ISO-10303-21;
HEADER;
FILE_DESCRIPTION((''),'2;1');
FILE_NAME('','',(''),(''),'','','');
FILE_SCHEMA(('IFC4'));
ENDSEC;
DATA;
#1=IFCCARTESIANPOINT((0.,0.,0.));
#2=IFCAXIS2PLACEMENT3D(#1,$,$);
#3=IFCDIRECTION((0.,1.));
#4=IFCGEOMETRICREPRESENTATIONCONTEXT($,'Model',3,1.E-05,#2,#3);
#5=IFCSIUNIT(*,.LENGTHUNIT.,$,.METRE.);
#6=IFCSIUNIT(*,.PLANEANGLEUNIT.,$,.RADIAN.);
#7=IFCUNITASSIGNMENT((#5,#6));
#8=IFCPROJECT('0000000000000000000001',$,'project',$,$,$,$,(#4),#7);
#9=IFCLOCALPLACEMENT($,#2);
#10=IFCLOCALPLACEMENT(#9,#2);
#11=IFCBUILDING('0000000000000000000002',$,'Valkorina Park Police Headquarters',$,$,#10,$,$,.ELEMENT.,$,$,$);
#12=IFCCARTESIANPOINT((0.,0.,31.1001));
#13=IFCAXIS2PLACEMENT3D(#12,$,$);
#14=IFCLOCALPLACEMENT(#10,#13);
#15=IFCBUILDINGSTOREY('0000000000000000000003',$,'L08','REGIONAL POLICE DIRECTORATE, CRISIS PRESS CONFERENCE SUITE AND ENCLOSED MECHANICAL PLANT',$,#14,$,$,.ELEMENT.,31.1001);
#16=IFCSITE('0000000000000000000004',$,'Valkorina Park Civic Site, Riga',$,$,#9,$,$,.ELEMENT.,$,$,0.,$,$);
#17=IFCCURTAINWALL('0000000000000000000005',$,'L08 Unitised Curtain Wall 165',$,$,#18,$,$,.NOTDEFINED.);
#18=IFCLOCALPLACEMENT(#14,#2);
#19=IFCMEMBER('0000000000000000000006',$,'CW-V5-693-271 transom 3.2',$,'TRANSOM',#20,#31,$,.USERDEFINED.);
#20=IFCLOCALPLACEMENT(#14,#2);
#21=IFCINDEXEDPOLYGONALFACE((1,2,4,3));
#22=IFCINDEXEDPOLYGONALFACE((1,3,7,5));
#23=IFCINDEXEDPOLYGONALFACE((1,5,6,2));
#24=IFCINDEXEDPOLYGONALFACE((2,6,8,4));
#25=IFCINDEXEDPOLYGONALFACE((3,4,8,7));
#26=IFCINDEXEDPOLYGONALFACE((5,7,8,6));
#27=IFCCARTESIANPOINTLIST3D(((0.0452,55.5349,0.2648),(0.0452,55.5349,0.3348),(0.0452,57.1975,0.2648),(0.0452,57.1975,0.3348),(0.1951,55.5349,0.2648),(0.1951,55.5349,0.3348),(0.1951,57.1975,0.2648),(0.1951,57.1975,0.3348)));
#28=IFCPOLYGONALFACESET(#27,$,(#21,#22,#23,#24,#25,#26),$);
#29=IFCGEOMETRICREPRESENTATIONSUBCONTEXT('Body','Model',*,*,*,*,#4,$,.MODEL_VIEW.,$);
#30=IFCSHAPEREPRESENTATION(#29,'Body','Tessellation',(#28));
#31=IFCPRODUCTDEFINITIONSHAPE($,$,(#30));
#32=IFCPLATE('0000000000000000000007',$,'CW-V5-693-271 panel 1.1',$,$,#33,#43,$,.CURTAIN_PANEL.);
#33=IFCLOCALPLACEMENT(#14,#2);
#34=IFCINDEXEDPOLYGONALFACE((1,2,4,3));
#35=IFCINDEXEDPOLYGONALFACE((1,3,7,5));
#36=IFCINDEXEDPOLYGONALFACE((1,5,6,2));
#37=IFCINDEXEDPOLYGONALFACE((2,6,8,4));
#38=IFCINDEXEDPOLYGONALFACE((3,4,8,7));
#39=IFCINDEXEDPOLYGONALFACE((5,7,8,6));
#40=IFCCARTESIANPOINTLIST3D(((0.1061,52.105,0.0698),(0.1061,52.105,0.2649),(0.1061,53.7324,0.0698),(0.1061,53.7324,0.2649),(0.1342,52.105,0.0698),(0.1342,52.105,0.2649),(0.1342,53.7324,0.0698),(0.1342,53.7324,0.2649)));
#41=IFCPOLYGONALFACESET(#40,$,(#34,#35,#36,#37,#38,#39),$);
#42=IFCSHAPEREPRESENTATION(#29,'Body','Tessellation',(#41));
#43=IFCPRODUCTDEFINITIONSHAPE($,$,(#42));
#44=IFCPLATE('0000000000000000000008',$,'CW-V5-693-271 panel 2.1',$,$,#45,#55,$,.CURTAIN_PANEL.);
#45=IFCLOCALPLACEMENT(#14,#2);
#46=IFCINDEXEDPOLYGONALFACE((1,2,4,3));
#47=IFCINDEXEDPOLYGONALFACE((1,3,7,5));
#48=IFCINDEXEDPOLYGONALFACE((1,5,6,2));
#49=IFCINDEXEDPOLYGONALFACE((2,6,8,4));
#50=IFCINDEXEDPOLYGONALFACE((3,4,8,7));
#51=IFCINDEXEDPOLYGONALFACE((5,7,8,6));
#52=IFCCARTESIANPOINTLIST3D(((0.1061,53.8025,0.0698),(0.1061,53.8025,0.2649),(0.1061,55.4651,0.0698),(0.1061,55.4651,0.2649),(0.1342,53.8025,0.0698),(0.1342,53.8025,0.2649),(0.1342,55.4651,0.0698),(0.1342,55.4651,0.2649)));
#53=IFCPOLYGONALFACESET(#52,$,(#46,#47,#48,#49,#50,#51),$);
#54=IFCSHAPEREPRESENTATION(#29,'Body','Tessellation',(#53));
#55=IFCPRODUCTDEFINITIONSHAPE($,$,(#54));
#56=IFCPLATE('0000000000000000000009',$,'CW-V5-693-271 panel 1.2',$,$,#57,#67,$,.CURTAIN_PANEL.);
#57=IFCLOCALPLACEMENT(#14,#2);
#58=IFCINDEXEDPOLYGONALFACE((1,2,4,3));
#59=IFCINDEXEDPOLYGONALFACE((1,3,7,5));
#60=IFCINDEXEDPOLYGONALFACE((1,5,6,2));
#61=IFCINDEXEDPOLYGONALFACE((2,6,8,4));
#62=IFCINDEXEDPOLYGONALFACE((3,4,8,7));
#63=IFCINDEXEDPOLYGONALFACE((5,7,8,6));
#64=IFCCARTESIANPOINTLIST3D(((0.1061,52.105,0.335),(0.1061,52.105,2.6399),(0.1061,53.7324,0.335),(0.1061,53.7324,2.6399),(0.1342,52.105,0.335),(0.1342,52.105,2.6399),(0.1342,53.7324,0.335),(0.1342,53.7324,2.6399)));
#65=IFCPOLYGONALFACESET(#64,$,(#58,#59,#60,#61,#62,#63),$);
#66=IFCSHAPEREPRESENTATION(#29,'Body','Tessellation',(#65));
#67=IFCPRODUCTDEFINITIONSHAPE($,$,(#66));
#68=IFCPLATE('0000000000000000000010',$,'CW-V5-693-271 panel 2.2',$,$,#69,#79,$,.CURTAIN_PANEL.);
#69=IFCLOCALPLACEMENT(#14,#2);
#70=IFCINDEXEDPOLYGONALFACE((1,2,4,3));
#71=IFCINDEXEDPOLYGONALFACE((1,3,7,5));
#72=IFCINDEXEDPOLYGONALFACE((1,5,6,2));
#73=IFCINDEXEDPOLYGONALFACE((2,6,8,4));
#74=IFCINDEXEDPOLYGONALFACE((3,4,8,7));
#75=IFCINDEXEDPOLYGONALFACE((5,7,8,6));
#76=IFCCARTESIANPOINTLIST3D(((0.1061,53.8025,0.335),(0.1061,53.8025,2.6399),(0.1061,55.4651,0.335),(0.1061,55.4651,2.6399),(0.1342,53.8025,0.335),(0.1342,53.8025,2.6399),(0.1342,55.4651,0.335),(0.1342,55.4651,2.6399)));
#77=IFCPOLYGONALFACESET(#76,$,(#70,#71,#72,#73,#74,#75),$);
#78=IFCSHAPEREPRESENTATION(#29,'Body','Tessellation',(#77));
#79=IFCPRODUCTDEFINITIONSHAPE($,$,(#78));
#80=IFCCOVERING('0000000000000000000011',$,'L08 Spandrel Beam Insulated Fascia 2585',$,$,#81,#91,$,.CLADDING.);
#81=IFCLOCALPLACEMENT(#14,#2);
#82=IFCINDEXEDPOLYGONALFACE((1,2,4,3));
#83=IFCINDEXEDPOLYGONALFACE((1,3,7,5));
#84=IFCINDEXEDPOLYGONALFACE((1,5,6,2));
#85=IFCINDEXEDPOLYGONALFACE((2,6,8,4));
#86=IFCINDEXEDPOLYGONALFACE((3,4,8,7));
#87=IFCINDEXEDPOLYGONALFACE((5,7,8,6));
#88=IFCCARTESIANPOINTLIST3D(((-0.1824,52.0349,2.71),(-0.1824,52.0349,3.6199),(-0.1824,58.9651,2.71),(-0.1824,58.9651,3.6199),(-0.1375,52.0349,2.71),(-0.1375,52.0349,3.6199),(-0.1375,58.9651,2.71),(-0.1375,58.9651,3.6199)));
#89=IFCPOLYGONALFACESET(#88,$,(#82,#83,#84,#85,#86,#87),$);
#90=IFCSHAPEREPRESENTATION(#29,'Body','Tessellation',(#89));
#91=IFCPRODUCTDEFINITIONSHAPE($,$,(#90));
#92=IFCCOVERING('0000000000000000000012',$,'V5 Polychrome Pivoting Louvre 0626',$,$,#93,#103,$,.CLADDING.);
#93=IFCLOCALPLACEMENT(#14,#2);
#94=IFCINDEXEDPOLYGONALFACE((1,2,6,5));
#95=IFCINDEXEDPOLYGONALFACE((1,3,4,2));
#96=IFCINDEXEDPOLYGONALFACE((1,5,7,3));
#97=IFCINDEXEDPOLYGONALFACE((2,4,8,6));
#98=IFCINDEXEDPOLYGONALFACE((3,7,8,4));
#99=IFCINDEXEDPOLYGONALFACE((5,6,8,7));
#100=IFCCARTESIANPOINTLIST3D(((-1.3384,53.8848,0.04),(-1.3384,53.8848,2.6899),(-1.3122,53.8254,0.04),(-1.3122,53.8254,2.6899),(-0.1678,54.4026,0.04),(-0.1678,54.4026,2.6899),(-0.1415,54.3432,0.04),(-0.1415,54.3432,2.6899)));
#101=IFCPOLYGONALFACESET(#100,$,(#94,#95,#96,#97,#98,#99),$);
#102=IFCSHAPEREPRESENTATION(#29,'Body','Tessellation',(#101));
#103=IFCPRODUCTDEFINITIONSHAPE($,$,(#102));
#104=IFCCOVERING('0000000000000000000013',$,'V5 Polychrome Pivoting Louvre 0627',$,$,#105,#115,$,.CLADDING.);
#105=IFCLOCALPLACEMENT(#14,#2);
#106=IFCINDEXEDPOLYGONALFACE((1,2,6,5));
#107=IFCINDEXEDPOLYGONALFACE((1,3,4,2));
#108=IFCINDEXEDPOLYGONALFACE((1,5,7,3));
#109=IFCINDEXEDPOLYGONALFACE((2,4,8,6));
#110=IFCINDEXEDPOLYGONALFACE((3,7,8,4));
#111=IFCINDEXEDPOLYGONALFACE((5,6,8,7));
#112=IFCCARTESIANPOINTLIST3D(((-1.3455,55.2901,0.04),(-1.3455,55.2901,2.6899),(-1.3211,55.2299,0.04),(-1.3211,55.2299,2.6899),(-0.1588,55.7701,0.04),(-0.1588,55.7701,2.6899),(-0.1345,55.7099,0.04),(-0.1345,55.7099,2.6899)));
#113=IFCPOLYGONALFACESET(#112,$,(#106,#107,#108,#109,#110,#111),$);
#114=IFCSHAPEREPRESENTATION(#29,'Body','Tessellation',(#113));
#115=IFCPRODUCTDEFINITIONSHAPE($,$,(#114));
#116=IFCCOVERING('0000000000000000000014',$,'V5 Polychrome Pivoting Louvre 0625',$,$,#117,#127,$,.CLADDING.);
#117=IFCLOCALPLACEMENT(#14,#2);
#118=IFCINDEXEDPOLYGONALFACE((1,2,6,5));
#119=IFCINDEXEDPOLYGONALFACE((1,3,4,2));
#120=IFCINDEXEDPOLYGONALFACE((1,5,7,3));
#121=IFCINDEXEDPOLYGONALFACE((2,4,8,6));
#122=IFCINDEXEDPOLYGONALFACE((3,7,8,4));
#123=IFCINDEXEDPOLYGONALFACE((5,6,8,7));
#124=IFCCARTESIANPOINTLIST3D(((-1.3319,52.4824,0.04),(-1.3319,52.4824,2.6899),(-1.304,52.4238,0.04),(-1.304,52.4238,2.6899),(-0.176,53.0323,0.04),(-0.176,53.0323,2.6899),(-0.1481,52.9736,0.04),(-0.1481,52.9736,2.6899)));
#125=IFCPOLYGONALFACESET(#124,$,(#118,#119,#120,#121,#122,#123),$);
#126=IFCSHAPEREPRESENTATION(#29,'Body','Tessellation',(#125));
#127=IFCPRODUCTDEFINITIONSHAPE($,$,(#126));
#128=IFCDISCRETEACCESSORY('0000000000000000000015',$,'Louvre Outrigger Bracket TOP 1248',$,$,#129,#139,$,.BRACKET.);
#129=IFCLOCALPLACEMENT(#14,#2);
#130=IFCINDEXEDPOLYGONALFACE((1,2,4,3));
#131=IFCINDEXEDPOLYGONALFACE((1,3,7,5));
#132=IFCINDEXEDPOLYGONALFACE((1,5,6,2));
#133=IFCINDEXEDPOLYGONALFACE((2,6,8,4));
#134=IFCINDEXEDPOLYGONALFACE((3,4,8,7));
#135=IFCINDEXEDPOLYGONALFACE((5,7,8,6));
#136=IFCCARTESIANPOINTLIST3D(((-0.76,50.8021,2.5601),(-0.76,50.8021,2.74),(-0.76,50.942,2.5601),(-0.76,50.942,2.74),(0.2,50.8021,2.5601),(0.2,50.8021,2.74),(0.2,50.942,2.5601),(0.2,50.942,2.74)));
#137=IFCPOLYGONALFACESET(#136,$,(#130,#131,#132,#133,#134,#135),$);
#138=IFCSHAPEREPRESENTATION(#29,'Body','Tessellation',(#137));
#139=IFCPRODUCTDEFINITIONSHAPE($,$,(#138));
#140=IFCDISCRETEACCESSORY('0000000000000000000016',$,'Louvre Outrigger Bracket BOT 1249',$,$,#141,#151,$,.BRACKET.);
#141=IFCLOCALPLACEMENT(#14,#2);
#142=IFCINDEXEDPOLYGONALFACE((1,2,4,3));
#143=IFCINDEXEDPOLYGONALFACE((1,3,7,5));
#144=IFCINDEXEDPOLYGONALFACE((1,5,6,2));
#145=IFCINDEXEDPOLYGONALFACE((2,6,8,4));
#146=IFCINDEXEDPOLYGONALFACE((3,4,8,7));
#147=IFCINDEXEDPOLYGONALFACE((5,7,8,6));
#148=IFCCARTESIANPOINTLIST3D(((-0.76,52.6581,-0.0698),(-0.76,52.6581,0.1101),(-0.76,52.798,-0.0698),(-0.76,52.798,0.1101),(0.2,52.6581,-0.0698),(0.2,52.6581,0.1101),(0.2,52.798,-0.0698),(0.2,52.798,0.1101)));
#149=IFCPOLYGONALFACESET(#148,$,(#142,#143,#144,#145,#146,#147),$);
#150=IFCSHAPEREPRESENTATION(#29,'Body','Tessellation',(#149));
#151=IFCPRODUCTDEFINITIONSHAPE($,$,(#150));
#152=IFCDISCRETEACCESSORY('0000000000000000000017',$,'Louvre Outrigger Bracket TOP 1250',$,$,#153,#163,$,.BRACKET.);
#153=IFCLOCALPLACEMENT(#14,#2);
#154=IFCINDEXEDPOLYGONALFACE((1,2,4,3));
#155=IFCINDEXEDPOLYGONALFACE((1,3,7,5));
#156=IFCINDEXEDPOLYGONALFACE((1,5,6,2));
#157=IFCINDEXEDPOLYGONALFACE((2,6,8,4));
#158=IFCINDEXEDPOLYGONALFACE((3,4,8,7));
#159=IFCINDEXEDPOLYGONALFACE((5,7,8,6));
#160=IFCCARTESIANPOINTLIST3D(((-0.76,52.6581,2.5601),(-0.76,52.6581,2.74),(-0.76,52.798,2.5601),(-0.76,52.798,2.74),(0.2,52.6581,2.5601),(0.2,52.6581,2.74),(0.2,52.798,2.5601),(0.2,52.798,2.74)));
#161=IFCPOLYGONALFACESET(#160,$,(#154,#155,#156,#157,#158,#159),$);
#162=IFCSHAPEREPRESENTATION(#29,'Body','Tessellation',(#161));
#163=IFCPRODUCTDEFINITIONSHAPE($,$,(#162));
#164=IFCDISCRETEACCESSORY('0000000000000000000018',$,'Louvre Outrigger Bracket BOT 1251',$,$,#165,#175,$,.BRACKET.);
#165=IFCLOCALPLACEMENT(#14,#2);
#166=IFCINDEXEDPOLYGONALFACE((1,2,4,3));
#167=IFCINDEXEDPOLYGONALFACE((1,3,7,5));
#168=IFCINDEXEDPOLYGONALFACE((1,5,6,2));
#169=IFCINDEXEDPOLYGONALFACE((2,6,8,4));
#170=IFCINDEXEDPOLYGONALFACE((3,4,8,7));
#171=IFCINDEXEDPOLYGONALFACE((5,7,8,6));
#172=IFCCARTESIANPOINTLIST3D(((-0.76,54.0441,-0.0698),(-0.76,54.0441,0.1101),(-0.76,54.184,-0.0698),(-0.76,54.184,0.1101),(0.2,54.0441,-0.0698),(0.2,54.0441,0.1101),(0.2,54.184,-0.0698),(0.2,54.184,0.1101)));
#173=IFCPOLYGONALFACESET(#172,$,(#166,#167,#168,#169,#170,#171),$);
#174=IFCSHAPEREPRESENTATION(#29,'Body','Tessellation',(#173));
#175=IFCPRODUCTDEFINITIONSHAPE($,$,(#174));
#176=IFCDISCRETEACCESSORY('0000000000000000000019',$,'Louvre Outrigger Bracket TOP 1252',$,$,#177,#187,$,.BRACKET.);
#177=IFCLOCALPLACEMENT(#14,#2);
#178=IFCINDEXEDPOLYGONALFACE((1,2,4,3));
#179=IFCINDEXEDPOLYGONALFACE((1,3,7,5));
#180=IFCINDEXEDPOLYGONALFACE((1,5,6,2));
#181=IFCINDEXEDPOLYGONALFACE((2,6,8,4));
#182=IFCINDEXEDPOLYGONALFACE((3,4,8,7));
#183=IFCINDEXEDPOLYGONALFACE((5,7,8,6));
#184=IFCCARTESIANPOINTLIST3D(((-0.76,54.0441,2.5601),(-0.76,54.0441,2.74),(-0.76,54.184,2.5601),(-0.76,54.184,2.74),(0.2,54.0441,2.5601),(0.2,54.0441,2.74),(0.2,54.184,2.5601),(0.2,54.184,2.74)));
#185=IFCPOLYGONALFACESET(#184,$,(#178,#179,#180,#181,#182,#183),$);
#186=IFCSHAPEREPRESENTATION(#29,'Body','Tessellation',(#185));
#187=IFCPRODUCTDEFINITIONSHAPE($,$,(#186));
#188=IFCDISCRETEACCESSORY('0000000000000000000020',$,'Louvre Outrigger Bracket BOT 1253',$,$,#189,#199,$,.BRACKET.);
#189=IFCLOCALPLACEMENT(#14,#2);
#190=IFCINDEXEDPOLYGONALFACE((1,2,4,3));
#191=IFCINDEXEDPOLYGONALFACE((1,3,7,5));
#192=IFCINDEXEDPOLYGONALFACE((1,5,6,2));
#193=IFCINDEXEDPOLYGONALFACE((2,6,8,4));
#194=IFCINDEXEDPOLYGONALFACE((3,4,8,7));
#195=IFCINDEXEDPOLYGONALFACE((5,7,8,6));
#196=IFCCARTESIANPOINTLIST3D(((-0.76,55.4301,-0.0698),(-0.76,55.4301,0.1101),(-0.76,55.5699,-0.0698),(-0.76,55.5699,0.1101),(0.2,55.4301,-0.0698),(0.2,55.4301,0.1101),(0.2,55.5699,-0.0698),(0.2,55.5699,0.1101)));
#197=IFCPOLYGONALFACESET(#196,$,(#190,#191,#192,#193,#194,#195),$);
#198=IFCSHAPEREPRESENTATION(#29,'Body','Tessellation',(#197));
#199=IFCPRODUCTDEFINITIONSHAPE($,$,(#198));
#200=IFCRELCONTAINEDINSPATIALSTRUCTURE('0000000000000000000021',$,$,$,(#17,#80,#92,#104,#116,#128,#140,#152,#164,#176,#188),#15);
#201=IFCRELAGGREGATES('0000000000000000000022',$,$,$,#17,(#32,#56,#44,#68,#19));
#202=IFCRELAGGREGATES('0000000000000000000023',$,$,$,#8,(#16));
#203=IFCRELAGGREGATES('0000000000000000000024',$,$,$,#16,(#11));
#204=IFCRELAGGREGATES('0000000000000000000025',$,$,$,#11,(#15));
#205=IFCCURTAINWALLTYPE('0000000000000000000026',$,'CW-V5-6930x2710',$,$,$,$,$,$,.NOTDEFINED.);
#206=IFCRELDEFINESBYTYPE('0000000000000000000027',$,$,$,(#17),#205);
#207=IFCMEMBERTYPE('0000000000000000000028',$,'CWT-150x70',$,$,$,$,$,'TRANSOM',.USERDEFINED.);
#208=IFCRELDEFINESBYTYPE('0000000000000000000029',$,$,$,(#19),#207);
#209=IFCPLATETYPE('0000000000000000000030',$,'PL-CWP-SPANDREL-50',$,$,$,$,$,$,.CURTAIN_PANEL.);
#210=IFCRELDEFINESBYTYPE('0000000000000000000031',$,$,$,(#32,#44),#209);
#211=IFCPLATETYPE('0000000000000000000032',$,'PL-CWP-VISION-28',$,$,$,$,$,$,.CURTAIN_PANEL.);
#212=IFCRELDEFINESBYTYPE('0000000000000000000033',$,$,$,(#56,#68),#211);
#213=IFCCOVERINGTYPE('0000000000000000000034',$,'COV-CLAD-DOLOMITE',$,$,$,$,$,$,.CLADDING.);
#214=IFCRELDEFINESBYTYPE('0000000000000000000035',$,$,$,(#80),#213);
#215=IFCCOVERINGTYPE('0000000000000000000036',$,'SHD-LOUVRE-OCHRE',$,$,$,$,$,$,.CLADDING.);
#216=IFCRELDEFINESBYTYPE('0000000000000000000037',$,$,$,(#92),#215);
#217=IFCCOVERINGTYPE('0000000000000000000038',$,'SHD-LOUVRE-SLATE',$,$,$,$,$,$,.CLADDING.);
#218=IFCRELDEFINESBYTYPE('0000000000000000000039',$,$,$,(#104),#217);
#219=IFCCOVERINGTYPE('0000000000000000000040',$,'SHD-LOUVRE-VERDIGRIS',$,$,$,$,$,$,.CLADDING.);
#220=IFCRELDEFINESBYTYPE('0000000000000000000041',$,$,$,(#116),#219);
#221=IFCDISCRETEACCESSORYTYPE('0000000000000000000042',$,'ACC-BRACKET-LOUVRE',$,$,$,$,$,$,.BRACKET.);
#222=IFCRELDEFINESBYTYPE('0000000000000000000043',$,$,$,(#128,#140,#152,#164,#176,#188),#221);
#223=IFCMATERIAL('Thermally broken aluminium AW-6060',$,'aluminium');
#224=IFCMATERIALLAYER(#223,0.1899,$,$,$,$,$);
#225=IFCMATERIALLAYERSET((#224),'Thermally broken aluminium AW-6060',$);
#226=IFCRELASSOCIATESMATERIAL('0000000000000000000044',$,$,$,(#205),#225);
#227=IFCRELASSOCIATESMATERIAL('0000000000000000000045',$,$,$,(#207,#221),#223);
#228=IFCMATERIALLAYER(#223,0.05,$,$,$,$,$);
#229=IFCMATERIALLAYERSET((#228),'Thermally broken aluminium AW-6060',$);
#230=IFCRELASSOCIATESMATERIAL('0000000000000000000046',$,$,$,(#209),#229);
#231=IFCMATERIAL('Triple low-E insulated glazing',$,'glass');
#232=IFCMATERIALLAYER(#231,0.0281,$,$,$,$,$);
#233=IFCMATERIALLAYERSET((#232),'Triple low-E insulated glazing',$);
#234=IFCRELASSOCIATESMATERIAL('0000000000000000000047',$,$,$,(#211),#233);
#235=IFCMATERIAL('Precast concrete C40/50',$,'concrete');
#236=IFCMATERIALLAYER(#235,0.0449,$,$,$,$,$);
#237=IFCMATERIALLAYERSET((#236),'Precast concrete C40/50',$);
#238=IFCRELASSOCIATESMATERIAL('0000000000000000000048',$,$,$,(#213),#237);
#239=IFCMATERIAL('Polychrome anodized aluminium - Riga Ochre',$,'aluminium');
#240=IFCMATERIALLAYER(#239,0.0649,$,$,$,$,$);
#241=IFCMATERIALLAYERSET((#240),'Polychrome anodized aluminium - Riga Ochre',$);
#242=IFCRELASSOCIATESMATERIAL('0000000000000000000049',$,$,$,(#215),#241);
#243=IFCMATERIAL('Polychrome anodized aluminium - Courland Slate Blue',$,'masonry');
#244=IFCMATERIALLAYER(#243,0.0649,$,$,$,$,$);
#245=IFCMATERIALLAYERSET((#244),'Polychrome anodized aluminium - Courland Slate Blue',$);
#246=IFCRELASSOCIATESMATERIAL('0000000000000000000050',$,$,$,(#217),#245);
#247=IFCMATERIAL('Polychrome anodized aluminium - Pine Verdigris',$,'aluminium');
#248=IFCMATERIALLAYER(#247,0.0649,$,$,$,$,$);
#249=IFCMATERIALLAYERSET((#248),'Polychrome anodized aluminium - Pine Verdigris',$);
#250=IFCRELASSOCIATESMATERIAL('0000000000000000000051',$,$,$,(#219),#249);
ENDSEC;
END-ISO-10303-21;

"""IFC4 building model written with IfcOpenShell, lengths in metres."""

from ifc_helpers import new_model, si_unit, direction, frame, frame_2d, origin, origin_2d, place, context, subcontext, project, spatial, rectangle, extrude, material, layer, layer_set, material_profile, profile_set, type_object, element, aggregate, save


model = new_model("IFC4")

# Units and contexts
model_context = context("Model", 3, precision=1e-05, world=origin(), true_north=direction((0.0, 1.0)))
body_context = subcontext(model_context, "Body", "Model", "MODEL_VIEW")
ifc_project = project(units=[si_unit("LENGTHUNIT", "METRE"), si_unit("PLANEANGLEUNIT", "RADIAN")], contexts=[model_context])

# Site, building, storey
site_placement = place(None, origin())
site = spatial("IfcSite", under=ifc_project, at=site_placement, Name="Valkorina Park Civic Site, Riga", CompositionType="ELEMENT", RefElevation=0.0)
building_placement = place(site_placement, origin())
building = spatial("IfcBuilding", under=site, at=building_placement, Name="Valkorina Park Police Headquarters", CompositionType="ELEMENT")
storey_placement = place(building_placement, frame((0.0, 0.0, 31.1001)))
storey = spatial("IfcBuildingStorey", under=building, at=storey_placement, Name="L08", Description="REGIONAL POLICE DIRECTORATE, CRISIS PRESS CONFERENCE SUITE AND ENCLOSED MECHANICAL PLANT", CompositionType="ELEMENT", Elevation=31.1001)

# Shared definitions
ifc_material_1 = material(Name="Thermally broken aluminium AW-6060", Category="aluminium")
ifc_layer_1 = layer(ifc_material_1, 0.1899)
ifc_layer_set_1 = layer_set([ifc_layer_1], Name="Thermally broken aluminium AW-6060")
curtain_wall_type = type_object("IfcCurtainWallType", Name="CW-V5-6930x2710", PredefinedType="NOTDEFINED", material=ifc_layer_set_1)

# Curtain wall, member, plates
curtain_wall_1_placement = place(storey_placement, origin())
curtain_wall_1 = element("IfcCurtainWall", 1, at=curtain_wall_1_placement, inside=storey, type_object=curtain_wall_type, Name="L08 Unitised Curtain Wall 165", PredefinedType="NOTDEFINED")
ifc_material_profile_1 = material_profile(ifc_material_1, rectangle(XDim=0.1499, YDim=0.0701, at=origin_2d()), Name="CWT-02 150x70")
ifc_profile_set_1 = profile_set([ifc_material_profile_1], Name="Thermally broken aluminium AW-6060")
member_type_1 = type_object("IfcMemberType", Name="CWT-150x70", ElementType="TRANSOM", PredefinedType="USERDEFINED", material=ifc_profile_set_1)
member_1_placement = place(storey_placement, frame((0.1201, 55.5349, 0.2998), z_axis=(0.0, 1.0, 0.0), x_axis=(-1.0, 0.0, 0.0)))
member_1 = element("IfcMember", 2, at=member_1_placement, type_object=member_type_1, Name="CW-V5-693-271 transom 3.2", ObjectType="TRANSOM", PredefinedType="USERDEFINED", context=body_context, shape_type="SweptSolid", body=[
    extrude(rectangle(XDim=0.1499, YDim=0.0701, at=origin_2d()), origin(), (0.0, 0.0, 1.0), 1.6626),
])
ifc_layer_2 = layer(ifc_material_1, 0.05)
ifc_layer_set_2 = layer_set([ifc_layer_2], Name="Thermally broken aluminium AW-6060")
plate_type_1 = type_object("IfcPlateType", Name="PL-CWP-SPANDREL-50", PredefinedType="CURTAIN_PANEL", material=ifc_layer_set_2)
plate_1_placement = place(storey_placement, frame((0.1201, 52.9187, 0.0698), z_axis=(0.0, 0.0, 1.0), x_axis=(0.0, 1.0, 0.0)))
plate_1 = element("IfcPlate", 3, at=plate_1_placement, type_object=plate_type_1, Name="CW-V5-693-271 panel 1.1", PredefinedType="CURTAIN_PANEL", context=body_context, shape_type="SweptSolid", body=[
    extrude(rectangle(XDim=1.6274, YDim=0.0281, at=origin_2d()), origin(), (0.0, 0.0, 1.0), 0.1951),
])
plate_2_placement = place(storey_placement, frame((0.1201, 54.6338, 0.0698), z_axis=(0.0, 0.0, 1.0), x_axis=(0.0, 1.0, 0.0)))
plate_2 = element("IfcPlate", 4, at=plate_2_placement, type_object=plate_type_1, Name="CW-V5-693-271 panel 2.1", PredefinedType="CURTAIN_PANEL", context=body_context, shape_type="SweptSolid", body=[
    extrude(rectangle(XDim=1.6626, YDim=0.0281, at=origin_2d()), origin(), (0.0, 0.0, 1.0), 0.1951),
])
ifc_material_2 = material(Name="Triple low-E insulated glazing", Category="glass")
ifc_layer_3 = layer(ifc_material_2, 0.0281)
ifc_layer_set_3 = layer_set([ifc_layer_3], Name="Triple low-E insulated glazing")
plate_type_2 = type_object("IfcPlateType", Name="PL-CWP-VISION-28", PredefinedType="CURTAIN_PANEL", material=ifc_layer_set_3)
plate_3_placement = place(storey_placement, frame((0.1201, 52.9187, 0.335), z_axis=(0.0, 0.0, 1.0), x_axis=(0.0, 1.0, 0.0)))
plate_3 = element("IfcPlate", 5, at=plate_3_placement, type_object=plate_type_2, Name="CW-V5-693-271 panel 1.2", PredefinedType="CURTAIN_PANEL", context=body_context, shape_type="SweptSolid", body=[
    extrude(rectangle(XDim=1.6274, YDim=0.0281, at=origin_2d()), origin(), (0.0, 0.0, 1.0), 2.3049),
])
plate_4_placement = place(storey_placement, frame((0.1201, 54.6338, 0.335), z_axis=(0.0, 0.0, 1.0), x_axis=(0.0, 1.0, 0.0)))
plate_4 = element("IfcPlate", 6, at=plate_4_placement, type_object=plate_type_2, Name="CW-V5-693-271 panel 2.2", PredefinedType="CURTAIN_PANEL", context=body_context, shape_type="SweptSolid", body=[
    extrude(rectangle(XDim=1.6626, YDim=0.0281, at=origin_2d()), origin(), (0.0, 0.0, 1.0), 2.3049),
])
aggregate(curtain_wall_1, [plate_1, plate_3, plate_2, plate_4, member_1])

# Coverings
ifc_material_3 = material(Name="Precast concrete C40/50", Category="concrete")
ifc_layer_4 = layer(ifc_material_3, 0.0449)
ifc_layer_set_4 = layer_set([ifc_layer_4], Name="Precast concrete C40/50")
covering_type_1 = type_object("IfcCoveringType", Name="COV-CLAD-DOLOMITE", PredefinedType="CLADDING", material=ifc_layer_set_4)
covering_1_placement = place(storey_placement, frame((-0.1599, 52.0349, 2.71), z_axis=(0.0, 0.0, 1.0), x_axis=(0.0, 1.0, 0.0)))
element("IfcCovering", 7, at=covering_1_placement, inside=storey, type_object=covering_type_1, Name="L08 Spandrel Beam Insulated Fascia 2585", PredefinedType="CLADDING", context=body_context, shape_type="SweptSolid", body=[
    extrude(rectangle(XDim=6.9302, YDim=0.0449, at=frame_2d((3.4651, 0.0))), origin(), (0.0, 0.0, 1.0), 0.9099),
])
ifc_material_4 = material(Name="Polychrome anodized aluminium - Riga Ochre", Category="aluminium")
ifc_layer_5 = layer(ifc_material_4, 0.0649)
ifc_layer_set_5 = layer_set([ifc_layer_5], Name="Polychrome anodized aluminium - Riga Ochre")
covering_type_2 = type_object("IfcCoveringType", Name="SHD-LOUVRE-OCHRE", PredefinedType="CLADDING", material=ifc_layer_set_5)
covering_2_placement = place(storey_placement, frame((-0.74, 54.114, 0.04), z_axis=(0.0, 0.0, 1.0), x_axis=(-0.914537, -0.404503, 0.0)))
element("IfcCovering", 8, at=covering_2_placement, inside=storey, type_object=covering_type_2, Name="V5 Polychrome Pivoting Louvre 0626", PredefinedType="CLADDING", context=body_context, shape_type="SweptSolid", body=[
    extrude(rectangle(XDim=1.28, YDim=0.0649, at=origin_2d()), origin(), (0.0, 0.0, 1.0), 2.6499),
])
ifc_material_5 = material(Name="Polychrome anodized aluminium - Courland Slate Blue", Category="masonry")
ifc_layer_6 = layer(ifc_material_5, 0.0649)
ifc_layer_set_6 = layer_set([ifc_layer_6], Name="Polychrome anodized aluminium - Courland Slate Blue")
covering_type_3 = type_object("IfcCoveringType", Name="SHD-LOUVRE-SLATE", PredefinedType="CLADDING", material=ifc_layer_set_6)
covering_3_placement = place(storey_placement, frame((-0.74, 55.5, 0.04), z_axis=(0.0, 0.0, 1.0), x_axis=(-0.927053, -0.37493, 0.0)))
element("IfcCovering", 9, at=covering_3_placement, inside=storey, type_object=covering_type_3, Name="V5 Polychrome Pivoting Louvre 0627", PredefinedType="CLADDING", context=body_context, shape_type="SweptSolid", body=[
    extrude(rectangle(XDim=1.28, YDim=0.0649, at=origin_2d()), origin(), (0.0, 0.0, 1.0), 2.6499),
])
ifc_material_6 = material(Name="Polychrome anodized aluminium - Pine Verdigris", Category="aluminium")
ifc_layer_7 = layer(ifc_material_6, 0.0649)
ifc_layer_set_7 = layer_set([ifc_layer_7], Name="Polychrome anodized aluminium - Pine Verdigris")
covering_type_4 = type_object("IfcCoveringType", Name="SHD-LOUVRE-VERDIGRIS", PredefinedType="CLADDING", material=ifc_layer_set_7)
covering_4_placement = place(storey_placement, frame((-0.74, 52.728, 0.04), z_axis=(0.0, 0.0, 1.0), x_axis=(-0.903036, -0.429566, 0.0)))
element("IfcCovering", 10, at=covering_4_placement, inside=storey, type_object=covering_type_4, Name="V5 Polychrome Pivoting Louvre 0625", PredefinedType="CLADDING", context=body_context, shape_type="SweptSolid", body=[
    extrude(rectangle(XDim=1.28, YDim=0.0649, at=origin_2d()), origin(), (0.0, 0.0, 1.0), 2.6499),
])

# Discrete accessories
discrete_accessory_type = type_object("IfcDiscreteAccessoryType", Name="ACC-BRACKET-LOUVRE", PredefinedType="BRACKET", material=ifc_material_1)
for number, where, z_axis, x_axis, name in (
    (11, (-0.28, 50.8721, 2.5601), (0.0, 0.0, 1.0), (-1.0, 0.0, 0.0), "Louvre Outrigger Bracket TOP 1248"),
    (12, (-0.28, 52.728, -0.0698), (0.0, 0.0, 1.0), (-1.0, 0.0, 0.0), "Louvre Outrigger Bracket BOT 1249"),
    (13, (-0.28, 52.728, 2.5601), (0.0, 0.0, 1.0), (-1.0, 0.0, 0.0), "Louvre Outrigger Bracket TOP 1250"),
    (14, (-0.28, 54.114, -0.0698), (0.0, 0.0, 1.0), (-1.0, 0.0, 0.0), "Louvre Outrigger Bracket BOT 1251"),
    (15, (-0.28, 54.114, 2.5601), (0.0, 0.0, 1.0), (-1.0, 0.0, 0.0), "Louvre Outrigger Bracket TOP 1252"),
    (16, (-0.28, 55.5, -0.0698), (0.0, 0.0, 1.0), (-1.0, 0.0, 0.0), "Louvre Outrigger Bracket BOT 1253"),
):
    element("IfcDiscreteAccessory", number, at=place(storey_placement, frame(where, z_axis=z_axis, x_axis=x_axis)), inside=storey, type_object=discrete_accessory_type, Name=name, PredefinedType="BRACKET", context=body_context, shape_type="SweptSolid", body=[
        extrude(rectangle(XDim=0.96, YDim=0.1399, at=origin_2d()), origin(), (0.0, 0.0, 1.0), 0.1799),
    ])

save(model, "model.ifc")
